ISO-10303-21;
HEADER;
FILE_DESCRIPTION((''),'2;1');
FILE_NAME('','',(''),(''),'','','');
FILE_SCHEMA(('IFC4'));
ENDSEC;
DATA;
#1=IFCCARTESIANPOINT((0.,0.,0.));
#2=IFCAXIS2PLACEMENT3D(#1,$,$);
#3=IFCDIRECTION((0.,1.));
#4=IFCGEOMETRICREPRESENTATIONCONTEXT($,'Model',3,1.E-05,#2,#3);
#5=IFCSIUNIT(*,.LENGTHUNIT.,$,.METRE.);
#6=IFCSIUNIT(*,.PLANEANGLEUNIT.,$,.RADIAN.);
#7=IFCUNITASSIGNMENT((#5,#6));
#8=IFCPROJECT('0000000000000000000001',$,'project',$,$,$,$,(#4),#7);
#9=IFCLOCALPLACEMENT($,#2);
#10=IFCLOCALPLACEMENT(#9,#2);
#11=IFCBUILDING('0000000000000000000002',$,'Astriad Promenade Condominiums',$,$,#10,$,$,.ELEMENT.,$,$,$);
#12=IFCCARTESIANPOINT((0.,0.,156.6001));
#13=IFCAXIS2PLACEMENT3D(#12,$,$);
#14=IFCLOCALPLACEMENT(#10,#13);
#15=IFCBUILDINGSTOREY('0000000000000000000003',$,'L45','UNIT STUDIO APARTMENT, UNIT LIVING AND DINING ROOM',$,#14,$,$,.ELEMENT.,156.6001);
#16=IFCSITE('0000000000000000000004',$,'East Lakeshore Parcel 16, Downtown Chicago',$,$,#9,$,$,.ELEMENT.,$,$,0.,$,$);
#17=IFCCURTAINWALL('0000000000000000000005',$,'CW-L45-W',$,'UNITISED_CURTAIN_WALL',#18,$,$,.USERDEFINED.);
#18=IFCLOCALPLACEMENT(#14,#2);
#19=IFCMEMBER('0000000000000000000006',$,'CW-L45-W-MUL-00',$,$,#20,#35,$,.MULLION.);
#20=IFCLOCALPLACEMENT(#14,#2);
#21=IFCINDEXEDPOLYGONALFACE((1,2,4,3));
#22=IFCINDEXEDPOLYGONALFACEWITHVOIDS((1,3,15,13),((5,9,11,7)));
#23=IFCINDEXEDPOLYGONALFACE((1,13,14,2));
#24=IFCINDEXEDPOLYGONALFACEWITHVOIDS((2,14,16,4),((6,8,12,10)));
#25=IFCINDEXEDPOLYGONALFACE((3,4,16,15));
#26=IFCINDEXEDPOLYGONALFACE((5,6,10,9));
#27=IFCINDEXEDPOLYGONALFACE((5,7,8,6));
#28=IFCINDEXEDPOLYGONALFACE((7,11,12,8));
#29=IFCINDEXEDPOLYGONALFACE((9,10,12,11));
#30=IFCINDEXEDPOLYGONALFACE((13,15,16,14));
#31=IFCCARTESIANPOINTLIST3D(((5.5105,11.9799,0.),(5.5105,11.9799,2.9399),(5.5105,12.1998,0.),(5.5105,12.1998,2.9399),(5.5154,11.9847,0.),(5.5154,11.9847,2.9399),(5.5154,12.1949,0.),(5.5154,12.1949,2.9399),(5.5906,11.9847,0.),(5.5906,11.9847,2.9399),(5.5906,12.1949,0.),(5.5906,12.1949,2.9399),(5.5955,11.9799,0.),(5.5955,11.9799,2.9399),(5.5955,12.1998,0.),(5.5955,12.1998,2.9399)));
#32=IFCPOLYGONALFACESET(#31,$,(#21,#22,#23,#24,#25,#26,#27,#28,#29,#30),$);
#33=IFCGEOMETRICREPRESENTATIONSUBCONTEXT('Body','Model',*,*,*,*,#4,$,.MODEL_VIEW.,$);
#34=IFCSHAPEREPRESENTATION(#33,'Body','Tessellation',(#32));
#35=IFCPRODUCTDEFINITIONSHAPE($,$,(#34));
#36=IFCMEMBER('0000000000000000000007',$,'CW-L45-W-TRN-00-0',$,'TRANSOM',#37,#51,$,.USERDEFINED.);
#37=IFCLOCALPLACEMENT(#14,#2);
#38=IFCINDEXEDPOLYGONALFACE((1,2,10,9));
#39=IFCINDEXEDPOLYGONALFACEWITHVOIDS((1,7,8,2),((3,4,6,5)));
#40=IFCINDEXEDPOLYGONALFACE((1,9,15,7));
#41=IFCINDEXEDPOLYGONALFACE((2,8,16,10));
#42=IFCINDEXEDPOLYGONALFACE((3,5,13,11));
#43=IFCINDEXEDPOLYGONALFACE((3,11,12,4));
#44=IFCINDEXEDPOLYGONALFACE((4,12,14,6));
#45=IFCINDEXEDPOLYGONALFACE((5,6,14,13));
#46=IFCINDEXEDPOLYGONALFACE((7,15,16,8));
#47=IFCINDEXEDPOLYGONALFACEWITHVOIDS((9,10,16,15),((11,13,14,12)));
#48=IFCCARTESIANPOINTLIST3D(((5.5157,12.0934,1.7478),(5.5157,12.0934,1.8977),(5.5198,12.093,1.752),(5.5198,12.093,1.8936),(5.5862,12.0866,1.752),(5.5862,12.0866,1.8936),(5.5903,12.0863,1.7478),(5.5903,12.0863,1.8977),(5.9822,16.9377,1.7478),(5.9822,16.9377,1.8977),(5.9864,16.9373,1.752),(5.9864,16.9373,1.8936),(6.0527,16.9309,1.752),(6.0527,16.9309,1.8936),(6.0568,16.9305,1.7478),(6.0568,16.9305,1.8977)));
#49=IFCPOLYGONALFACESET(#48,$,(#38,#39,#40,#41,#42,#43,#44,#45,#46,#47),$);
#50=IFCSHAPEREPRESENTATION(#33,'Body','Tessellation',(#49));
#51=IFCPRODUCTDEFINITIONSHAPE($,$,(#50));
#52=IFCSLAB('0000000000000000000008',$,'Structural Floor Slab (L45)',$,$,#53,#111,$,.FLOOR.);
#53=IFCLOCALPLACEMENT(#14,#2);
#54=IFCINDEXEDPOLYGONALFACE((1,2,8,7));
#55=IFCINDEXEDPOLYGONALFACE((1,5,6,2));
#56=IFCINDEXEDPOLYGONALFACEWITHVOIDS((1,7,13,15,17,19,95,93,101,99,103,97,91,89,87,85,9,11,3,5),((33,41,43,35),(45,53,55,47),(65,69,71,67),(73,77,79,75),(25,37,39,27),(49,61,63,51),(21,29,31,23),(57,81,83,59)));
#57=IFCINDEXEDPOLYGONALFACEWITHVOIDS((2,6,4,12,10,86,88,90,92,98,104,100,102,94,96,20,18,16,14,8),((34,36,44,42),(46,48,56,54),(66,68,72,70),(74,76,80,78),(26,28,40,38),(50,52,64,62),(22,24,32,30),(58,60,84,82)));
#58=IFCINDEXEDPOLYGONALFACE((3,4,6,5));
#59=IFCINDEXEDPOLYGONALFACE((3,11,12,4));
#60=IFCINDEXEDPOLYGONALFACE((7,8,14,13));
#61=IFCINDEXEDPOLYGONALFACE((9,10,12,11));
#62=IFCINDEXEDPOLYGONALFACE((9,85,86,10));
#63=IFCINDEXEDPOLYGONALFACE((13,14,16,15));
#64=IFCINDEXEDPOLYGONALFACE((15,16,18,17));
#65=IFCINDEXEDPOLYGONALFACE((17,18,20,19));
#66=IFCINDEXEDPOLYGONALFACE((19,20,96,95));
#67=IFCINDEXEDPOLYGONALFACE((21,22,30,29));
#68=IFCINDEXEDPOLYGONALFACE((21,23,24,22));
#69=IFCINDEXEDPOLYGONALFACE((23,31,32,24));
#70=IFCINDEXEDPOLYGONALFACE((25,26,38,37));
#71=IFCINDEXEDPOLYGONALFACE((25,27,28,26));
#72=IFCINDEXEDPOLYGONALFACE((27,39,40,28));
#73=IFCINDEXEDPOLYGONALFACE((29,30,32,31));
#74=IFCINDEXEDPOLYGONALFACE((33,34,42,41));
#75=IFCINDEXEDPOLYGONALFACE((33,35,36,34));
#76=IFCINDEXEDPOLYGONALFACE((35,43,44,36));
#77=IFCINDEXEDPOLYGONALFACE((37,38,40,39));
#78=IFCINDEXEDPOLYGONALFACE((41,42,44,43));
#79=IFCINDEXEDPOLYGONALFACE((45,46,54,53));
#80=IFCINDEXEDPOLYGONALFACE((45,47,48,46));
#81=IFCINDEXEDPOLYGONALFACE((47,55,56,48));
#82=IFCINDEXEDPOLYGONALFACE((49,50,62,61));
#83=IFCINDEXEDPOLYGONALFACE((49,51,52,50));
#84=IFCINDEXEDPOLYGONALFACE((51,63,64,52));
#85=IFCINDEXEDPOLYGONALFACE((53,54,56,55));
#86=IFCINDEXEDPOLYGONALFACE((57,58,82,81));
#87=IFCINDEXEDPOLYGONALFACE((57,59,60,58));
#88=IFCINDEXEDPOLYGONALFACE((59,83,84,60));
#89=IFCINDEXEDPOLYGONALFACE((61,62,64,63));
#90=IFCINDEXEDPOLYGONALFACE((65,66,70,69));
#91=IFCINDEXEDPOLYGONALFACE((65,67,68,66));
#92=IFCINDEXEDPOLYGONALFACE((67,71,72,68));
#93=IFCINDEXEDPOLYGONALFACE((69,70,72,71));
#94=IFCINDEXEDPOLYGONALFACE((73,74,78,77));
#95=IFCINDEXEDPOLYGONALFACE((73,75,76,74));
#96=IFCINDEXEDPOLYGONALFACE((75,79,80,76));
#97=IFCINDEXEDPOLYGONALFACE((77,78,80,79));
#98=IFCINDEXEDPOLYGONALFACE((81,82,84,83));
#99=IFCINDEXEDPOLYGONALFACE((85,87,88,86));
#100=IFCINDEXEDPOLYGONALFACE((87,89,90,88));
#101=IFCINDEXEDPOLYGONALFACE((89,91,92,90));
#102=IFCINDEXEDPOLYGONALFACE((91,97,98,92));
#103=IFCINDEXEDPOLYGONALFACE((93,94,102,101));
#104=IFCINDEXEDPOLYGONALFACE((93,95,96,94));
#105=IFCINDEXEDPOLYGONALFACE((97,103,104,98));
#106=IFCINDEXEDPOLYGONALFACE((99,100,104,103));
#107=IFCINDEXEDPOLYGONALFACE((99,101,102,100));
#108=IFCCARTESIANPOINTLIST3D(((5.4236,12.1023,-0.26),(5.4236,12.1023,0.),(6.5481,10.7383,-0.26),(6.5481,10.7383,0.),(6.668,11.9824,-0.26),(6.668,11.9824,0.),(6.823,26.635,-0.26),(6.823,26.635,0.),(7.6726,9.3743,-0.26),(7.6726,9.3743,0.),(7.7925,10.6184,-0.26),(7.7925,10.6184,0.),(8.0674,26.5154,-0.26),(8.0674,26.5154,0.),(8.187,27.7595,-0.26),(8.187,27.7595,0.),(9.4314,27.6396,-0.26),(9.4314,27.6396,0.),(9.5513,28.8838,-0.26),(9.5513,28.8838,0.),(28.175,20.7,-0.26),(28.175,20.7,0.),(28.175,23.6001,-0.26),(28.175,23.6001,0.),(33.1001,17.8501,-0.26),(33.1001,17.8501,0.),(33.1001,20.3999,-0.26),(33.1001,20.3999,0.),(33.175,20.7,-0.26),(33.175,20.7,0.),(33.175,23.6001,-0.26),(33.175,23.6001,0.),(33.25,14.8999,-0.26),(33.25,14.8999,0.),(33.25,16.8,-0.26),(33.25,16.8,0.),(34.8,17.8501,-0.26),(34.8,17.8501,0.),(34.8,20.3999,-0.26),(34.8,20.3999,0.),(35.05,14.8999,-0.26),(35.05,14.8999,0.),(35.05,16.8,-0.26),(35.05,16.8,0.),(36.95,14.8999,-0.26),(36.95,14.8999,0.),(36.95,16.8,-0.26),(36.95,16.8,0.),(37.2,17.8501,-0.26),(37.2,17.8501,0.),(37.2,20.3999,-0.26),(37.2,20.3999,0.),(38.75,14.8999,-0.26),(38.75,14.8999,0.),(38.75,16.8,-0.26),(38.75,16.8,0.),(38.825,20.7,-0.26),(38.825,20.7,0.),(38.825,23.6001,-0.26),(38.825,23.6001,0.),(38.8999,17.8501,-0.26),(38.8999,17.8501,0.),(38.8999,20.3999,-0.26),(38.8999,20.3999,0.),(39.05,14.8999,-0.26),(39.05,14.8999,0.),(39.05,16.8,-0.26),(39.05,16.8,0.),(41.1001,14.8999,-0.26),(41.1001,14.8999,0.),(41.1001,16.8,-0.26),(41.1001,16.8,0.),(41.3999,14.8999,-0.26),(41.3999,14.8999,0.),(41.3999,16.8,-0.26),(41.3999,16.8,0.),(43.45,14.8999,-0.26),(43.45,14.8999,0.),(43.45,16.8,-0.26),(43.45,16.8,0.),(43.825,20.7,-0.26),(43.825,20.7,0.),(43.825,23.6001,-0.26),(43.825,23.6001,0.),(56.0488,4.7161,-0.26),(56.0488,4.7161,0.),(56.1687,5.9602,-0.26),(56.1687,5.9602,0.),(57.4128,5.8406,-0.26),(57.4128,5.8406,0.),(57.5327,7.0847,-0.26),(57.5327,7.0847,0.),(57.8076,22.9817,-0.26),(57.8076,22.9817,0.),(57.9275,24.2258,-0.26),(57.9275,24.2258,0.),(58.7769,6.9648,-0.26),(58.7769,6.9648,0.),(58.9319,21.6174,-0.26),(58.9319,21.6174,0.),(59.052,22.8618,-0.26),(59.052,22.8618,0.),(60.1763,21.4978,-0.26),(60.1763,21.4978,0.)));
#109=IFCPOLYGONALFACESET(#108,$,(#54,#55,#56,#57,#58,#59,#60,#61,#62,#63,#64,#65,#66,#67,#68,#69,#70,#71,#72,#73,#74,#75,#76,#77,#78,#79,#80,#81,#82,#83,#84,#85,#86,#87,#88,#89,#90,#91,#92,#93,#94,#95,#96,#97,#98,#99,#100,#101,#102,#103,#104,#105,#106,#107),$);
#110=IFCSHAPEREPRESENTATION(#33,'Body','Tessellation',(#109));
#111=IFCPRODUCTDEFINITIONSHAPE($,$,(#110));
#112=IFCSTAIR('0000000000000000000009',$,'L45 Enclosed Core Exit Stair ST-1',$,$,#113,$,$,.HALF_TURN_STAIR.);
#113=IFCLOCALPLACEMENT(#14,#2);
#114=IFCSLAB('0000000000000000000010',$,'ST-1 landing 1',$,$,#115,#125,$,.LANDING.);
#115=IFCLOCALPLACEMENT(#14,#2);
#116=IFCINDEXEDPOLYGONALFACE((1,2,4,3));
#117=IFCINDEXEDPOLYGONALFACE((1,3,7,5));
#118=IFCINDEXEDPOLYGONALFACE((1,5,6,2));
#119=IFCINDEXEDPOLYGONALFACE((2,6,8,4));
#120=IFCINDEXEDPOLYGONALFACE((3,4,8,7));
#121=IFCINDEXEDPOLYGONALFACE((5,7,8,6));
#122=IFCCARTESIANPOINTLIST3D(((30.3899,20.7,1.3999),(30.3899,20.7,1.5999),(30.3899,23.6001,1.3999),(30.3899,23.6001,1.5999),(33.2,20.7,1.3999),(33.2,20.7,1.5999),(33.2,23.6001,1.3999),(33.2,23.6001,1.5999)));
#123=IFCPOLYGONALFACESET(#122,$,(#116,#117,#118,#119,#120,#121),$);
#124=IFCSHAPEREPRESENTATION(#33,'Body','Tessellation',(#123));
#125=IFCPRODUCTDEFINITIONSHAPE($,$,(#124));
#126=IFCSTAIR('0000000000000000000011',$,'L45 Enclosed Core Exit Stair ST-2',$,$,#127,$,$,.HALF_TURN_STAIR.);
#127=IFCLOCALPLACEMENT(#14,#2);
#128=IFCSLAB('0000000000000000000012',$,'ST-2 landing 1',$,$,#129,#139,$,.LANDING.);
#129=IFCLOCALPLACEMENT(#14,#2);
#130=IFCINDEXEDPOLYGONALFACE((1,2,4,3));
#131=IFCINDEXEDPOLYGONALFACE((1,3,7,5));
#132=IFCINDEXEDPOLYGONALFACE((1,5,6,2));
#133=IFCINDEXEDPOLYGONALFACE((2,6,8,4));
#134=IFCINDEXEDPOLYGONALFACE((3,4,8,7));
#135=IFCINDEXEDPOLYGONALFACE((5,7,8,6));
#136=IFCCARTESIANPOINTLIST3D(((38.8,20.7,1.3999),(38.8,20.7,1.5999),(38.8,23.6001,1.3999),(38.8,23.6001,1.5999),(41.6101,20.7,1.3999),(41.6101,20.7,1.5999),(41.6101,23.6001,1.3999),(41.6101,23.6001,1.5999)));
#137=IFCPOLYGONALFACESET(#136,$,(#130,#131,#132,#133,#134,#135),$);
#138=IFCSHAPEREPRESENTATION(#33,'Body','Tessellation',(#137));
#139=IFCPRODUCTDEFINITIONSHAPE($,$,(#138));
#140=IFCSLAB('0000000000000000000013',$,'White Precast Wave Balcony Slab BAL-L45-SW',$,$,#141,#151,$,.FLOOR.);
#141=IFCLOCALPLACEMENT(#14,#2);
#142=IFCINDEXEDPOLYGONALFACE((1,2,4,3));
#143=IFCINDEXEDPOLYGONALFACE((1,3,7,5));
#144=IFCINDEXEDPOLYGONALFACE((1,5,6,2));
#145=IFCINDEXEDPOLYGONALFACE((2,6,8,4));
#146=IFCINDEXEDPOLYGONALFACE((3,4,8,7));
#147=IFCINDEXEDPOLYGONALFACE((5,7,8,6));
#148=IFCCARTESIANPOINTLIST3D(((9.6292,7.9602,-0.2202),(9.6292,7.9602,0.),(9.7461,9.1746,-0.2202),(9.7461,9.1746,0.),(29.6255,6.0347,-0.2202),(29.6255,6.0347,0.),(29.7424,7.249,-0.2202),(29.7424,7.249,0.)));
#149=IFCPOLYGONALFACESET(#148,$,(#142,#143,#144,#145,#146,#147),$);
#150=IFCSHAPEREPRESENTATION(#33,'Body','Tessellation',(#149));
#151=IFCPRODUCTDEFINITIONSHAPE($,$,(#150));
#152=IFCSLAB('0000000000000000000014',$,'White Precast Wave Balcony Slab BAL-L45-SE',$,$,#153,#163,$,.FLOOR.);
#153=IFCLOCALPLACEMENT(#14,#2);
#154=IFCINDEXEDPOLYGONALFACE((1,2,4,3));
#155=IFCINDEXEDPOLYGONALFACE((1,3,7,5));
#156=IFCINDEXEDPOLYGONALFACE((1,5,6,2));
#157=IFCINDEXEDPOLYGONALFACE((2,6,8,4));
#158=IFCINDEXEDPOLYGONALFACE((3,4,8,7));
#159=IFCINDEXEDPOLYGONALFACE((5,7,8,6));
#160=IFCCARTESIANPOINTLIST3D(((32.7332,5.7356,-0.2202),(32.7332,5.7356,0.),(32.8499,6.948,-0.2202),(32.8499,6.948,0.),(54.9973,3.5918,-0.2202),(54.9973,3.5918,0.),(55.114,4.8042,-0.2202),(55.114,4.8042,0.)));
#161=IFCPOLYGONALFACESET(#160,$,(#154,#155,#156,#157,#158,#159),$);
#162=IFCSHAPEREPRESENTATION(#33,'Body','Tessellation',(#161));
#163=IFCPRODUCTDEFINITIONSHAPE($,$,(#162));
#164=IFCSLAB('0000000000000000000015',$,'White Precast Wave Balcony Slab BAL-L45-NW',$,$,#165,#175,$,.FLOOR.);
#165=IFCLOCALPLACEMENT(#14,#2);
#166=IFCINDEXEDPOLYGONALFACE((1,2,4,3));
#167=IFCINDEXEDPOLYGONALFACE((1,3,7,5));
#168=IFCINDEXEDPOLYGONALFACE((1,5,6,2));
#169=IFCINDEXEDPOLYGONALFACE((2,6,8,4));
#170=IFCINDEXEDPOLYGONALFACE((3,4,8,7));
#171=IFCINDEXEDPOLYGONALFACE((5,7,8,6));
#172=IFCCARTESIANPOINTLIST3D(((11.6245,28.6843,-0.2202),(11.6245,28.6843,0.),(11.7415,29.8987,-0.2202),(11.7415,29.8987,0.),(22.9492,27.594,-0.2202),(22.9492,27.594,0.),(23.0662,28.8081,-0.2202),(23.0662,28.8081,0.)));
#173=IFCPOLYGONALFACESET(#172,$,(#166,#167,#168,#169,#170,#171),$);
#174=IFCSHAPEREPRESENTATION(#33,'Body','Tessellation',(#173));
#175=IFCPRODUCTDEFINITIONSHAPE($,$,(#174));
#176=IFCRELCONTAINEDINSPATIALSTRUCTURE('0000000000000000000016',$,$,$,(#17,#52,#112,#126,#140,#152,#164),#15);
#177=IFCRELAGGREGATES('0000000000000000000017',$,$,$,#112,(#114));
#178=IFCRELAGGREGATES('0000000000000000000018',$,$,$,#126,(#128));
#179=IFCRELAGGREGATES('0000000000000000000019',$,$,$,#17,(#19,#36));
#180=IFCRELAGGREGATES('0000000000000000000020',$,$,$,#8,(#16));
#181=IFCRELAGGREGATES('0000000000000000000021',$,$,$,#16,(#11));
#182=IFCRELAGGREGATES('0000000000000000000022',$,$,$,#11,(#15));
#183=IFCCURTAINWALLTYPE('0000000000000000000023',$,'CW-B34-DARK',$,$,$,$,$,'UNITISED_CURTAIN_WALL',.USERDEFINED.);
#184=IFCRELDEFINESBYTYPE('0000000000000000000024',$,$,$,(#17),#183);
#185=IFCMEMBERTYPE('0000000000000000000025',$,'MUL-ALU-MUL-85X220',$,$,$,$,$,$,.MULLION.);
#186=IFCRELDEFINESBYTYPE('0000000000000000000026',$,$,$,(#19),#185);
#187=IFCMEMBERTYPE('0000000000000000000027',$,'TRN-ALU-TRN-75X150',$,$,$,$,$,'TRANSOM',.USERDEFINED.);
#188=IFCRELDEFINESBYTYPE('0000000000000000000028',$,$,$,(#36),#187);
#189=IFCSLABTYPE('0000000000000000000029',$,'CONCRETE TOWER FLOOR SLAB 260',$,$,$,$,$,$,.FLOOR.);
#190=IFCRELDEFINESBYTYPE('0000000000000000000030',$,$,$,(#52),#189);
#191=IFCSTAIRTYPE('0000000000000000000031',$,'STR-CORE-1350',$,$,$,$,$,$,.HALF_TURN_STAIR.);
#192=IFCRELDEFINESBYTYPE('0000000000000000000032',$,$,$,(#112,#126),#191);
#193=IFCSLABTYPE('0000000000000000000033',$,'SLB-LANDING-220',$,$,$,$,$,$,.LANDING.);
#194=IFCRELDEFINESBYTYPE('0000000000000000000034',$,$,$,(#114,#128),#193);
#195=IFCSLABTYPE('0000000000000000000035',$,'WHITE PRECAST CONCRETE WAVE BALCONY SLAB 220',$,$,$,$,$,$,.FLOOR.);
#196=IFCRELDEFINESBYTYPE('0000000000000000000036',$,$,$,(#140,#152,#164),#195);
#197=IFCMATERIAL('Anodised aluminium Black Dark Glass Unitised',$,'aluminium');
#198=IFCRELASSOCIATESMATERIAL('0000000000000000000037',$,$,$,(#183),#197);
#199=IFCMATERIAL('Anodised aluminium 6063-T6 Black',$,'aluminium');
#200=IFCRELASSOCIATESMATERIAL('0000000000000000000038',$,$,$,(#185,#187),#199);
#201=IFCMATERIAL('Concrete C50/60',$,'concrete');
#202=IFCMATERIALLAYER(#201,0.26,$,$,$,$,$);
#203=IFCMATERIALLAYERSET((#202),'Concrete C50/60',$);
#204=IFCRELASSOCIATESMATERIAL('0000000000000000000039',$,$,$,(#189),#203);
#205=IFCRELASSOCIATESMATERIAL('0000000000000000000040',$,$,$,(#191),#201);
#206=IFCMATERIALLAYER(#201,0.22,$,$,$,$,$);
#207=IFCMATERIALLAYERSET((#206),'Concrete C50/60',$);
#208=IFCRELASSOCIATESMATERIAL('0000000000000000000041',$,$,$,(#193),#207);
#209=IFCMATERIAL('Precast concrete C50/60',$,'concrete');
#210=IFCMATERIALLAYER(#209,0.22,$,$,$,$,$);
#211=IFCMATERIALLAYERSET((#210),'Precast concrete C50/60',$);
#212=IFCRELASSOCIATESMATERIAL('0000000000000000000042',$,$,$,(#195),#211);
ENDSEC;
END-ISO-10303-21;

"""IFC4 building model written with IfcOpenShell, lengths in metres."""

from ifc_helpers import new_model, si_unit, direction, frame, origin, origin_2d, place, context, subcontext, project, spatial, polyline, hollow_rectangle, outline, extrude, source, transform, mapped, material, layer, layer_set, material_profile, profile_set, type_object, type_shapes, element, aggregate, save


model = new_model("IFC4")

# Units and contexts
model_context = context("Model", 3, precision=1e-05, world=origin(), true_north=direction((0.0, 1.0)))
body_context = subcontext(model_context, "Body", "Model", "MODEL_VIEW")
ifc_project = project(units=[si_unit("LENGTHUNIT", "METRE"), si_unit("PLANEANGLEUNIT", "RADIAN")], contexts=[model_context])

# Site, building, storey
site_placement = place(None, origin())
site = spatial("IfcSite", under=ifc_project, at=site_placement, Name="East Lakeshore Parcel 16, Downtown Chicago", CompositionType="ELEMENT", RefElevation=0.0)
building_placement = place(site_placement, origin())
building = spatial("IfcBuilding", under=site, at=building_placement, Name="Astriad Promenade Condominiums", CompositionType="ELEMENT")
storey_placement = place(building_placement, frame((0.0, 0.0, 156.6001)))
storey = spatial("IfcBuildingStorey", under=building, at=storey_placement, Name="L45", Description="UNIT STUDIO APARTMENT, UNIT LIVING AND DINING ROOM", CompositionType="ELEMENT", Elevation=156.6001)

# Curtain wall, members
ifc_material_1 = material(Name="Anodised aluminium Black Dark Glass Unitised", Category="aluminium")
curtain_wall_type = type_object("IfcCurtainWallType", Name="CW-B34-DARK", ElementType="UNITISED_CURTAIN_WALL", PredefinedType="USERDEFINED", material=ifc_material_1)
curtain_wall_placement = place(storey_placement, origin())
curtain_wall = element("IfcCurtainWall", 1, at=curtain_wall_placement, inside=storey, type_object=curtain_wall_type, Name="CW-L45-W", ObjectType="UNITISED_CURTAIN_WALL", PredefinedType="USERDEFINED")
ifc_material_2 = material(Name="Anodised aluminium 6063-T6 Black", Category="aluminium")
ifc_material_profile_1 = material_profile(ifc_material_2, hollow_rectangle(XDim=0.085, YDim=0.22, WallThickness=0.0049, at=origin_2d()), Name="ALU-MUL-85X220")
ifc_profile_set_1 = profile_set([ifc_material_profile_1], Name="Anodised aluminium 6063-T6 Black")
member_type_1 = type_object("IfcMemberType", Name="MUL-ALU-MUL-85X220", PredefinedType="MULLION", material=ifc_profile_set_1)
shared_shape_1 = source(origin(), body_context, "Body", "SweptSolid", [
    extrude(hollow_rectangle(XDim=0.085, YDim=0.22, WallThickness=0.0049, at=origin_2d()), origin(), (0.0, 0.0, 1.0), 2.9399),
])
type_shapes(member_type_1, [shared_shape_1])
member_1_placement = place(storey_placement, frame((5.553, 12.0898, 0.0), z_axis=(0.0, 0.0, 1.0), x_axis=(1.0, 0.0, 0.0)))
member_1 = element("IfcMember", 2, at=member_1_placement, type_object=member_type_1, Name="CW-L45-W-MUL-00", PredefinedType="MULLION", context=body_context, shape_type="MappedRepresentation", body=[
    mapped(shared_shape_1, transform((0.0, 0.0, 0.0), scale=1.0)),
])
ifc_material_profile_2 = material_profile(ifc_material_2, hollow_rectangle(XDim=0.075, YDim=0.1499, WallThickness=0.0042, at=origin_2d()), Name="ALU-TRN-75X150")
ifc_profile_set_2 = profile_set([ifc_material_profile_2], Name="Anodised aluminium 6063-T6 Black")
member_type_2 = type_object("IfcMemberType", Name="TRN-ALU-TRN-75X150", ElementType="TRANSOM", PredefinedType="USERDEFINED", material=ifc_profile_set_2)
shared_shape_2 = source(origin(), body_context, "Body", "SweptSolid", [
    extrude(hollow_rectangle(XDim=0.075, YDim=0.1499, WallThickness=0.0042, at=origin_2d()), origin(), (0.0, 0.0, 1.0), 4.8667),
])
type_shapes(member_type_2, [shared_shape_2])
member_2_placement = place(storey_placement, frame((5.553, 12.0898, 1.8228), z_axis=(0.095867, 0.995394, 0.0), x_axis=(-0.995394, 0.095867, 0.0)))
member_2 = element("IfcMember", 3, at=member_2_placement, type_object=member_type_2, Name="CW-L45-W-TRN-00-0", ObjectType="TRANSOM", PredefinedType="USERDEFINED", context=body_context, shape_type="MappedRepresentation", body=[
    mapped(shared_shape_2, transform((0.0, 0.0, 0.0), scale=1.0)),
])

# Slab
ifc_material_3 = material(Name="Concrete C50/60", Category="concrete")
ifc_layer_1 = layer(ifc_material_3, 0.26)
ifc_layer_set_1 = layer_set([ifc_layer_1], Name="Concrete C50/60")
slab_type_1 = type_object("IfcSlabType", Name="CONCRETE TOWER FLOOR SLAB 260", PredefinedType="FLOOR", material=ifc_layer_set_1)
slab_1_placement = place(storey_placement, frame((0.0, 0.0, -0.26)))
element("IfcSlab", 4, at=slab_1_placement, inside=storey, type_object=slab_type_1, Name="Structural Floor Slab (L45)", PredefinedType="FLOOR", context=body_context, shape_type="SweptSolid", body=[
    extrude(outline(polyline([(7.6726, 9.3743), (56.0488, 4.7161), (56.1687, 5.9602), (57.4128, 5.8406), (57.5327, 7.0847), (58.7769, 6.9648), (60.1763, 21.4978), (58.9319, 21.6174), (59.052, 22.8618), (57.8076, 22.9817), (57.9275, 24.2258), (9.5513, 28.8838), (9.4314, 27.6396), (8.187, 27.7595), (8.0674, 26.5154), (6.823, 26.635), (5.4236, 12.1023), (6.668, 11.9824), (6.5481, 10.7383), (7.7925, 10.6184), (7.6726, 9.3743)]), holes=[polyline([(28.175, 20.7), (33.175, 20.7), (33.175, 23.6001), (28.175, 23.6001), (28.175, 20.7)]), polyline([(38.825, 20.7), (43.825, 20.7), (43.825, 23.6001), (38.825, 23.6001), (38.825, 20.7)]), polyline([(33.1001, 17.8501), (34.8, 17.8501), (34.8, 20.3999), (33.1001, 20.3999), (33.1001, 17.8501)]), polyline([(37.2, 17.8501), (38.8999, 17.8501), (38.8999, 20.3999), (37.2, 20.3999), (37.2, 17.8501)]), polyline([(33.25, 14.8999), (35.05, 14.8999), (35.05, 16.8), (33.25, 16.8), (33.25, 14.8999)]), polyline([(36.95, 14.8999), (38.75, 14.8999), (38.75, 16.8), (36.95, 16.8), (36.95, 14.8999)]), polyline([(39.05, 14.8999), (41.1001, 14.8999), (41.1001, 16.8), (39.05, 16.8), (39.05, 14.8999)]), polyline([(41.3999, 14.8999), (43.45, 14.8999), (43.45, 16.8), (41.3999, 16.8), (41.3999, 14.8999)])]), origin(), (0.0, 0.0, 1.0), 0.26),
])

# Stairs, slabs
stair_type = type_object("IfcStairType", Name="STR-CORE-1350", PredefinedType="HALF_TURN_STAIR", material=ifc_material_3)
stair_1_placement = place(storey_placement, origin())
stair_1 = element("IfcStair", 5, at=stair_1_placement, inside=storey, type_object=stair_type, Name="L45 Enclosed Core Exit Stair ST-1", PredefinedType="HALF_TURN_STAIR")
ifc_layer_2 = layer(ifc_material_3, 0.22)
ifc_layer_set_2 = layer_set([ifc_layer_2], Name="Concrete C50/60")
slab_type_2 = type_object("IfcSlabType", Name="SLB-LANDING-220", PredefinedType="LANDING", material=ifc_layer_set_2)
slab_2_placement = place(storey_placement, frame((0.0, 0.0, 1.3999)))
slab_2 = element("IfcSlab", 6, at=slab_2_placement, type_object=slab_type_2, Name="ST-1 landing 1", PredefinedType="LANDING", context=body_context, shape_type="SweptSolid", body=[
    extrude(outline(polyline([(30.3899, 20.7), (33.2, 20.7), (33.2, 23.6001), (30.3899, 23.6001), (30.3899, 20.7)])), origin(), (0.0, 0.0, 1.0), 0.2),
])
aggregate(stair_1, [slab_2])
stair_2_placement = place(storey_placement, origin())
stair_2 = element("IfcStair", 7, at=stair_2_placement, inside=storey, type_object=stair_type, Name="L45 Enclosed Core Exit Stair ST-2", PredefinedType="HALF_TURN_STAIR")
slab_3_placement = place(storey_placement, frame((0.0, 0.0, 1.3999)))
slab_3 = element("IfcSlab", 8, at=slab_3_placement, type_object=slab_type_2, Name="ST-2 landing 1", PredefinedType="LANDING", context=body_context, shape_type="SweptSolid", body=[
    extrude(outline(polyline([(41.6101, 23.6001), (38.8, 23.6001), (38.8, 20.7), (41.6101, 20.7), (41.6101, 23.6001)])), origin(), (0.0, 0.0, 1.0), 0.2),
])
aggregate(stair_2, [slab_3])

# Slabs
ifc_material_4 = material(Name="Precast concrete C50/60", Category="concrete")
ifc_layer_3 = layer(ifc_material_4, 0.22)
ifc_layer_set_3 = layer_set([ifc_layer_3], Name="Precast concrete C50/60")
slab_type_3 = type_object("IfcSlabType", Name="WHITE PRECAST CONCRETE WAVE BALCONY SLAB 220", PredefinedType="FLOOR", material=ifc_layer_set_3)
slab_4_placement = place(storey_placement, frame((0.0, 0.0, -0.2202)))
element("IfcSlab", 9, at=slab_4_placement, inside=storey, type_object=slab_type_3, Name="White Precast Wave Balcony Slab BAL-L45-SW", PredefinedType="FLOOR", context=body_context, shape_type="SweptSolid", body=[
    extrude(outline(polyline([(9.6292, 7.9602), (29.6255, 6.0347), (29.7424, 7.249), (9.7461, 9.1746), (9.6292, 7.9602)])), origin(), (0.0, 0.0, 1.0), 0.2202),
])
slab_5_placement = place(storey_placement, frame((0.0, 0.0, -0.2202)))
element("IfcSlab", 10, at=slab_5_placement, inside=storey, type_object=slab_type_3, Name="White Precast Wave Balcony Slab BAL-L45-SE", PredefinedType="FLOOR", context=body_context, shape_type="SweptSolid", body=[
    extrude(outline(polyline([(54.9973, 3.5918), (32.7332, 5.7356), (32.8499, 6.948), (55.114, 4.8042), (54.9973, 3.5918)])), origin(), (0.0, 0.0, 1.0), 0.2202),
])
slab_6_placement = place(storey_placement, frame((0.0, 0.0, -0.2202)))
element("IfcSlab", 11, at=slab_6_placement, inside=storey, type_object=slab_type_3, Name="White Precast Wave Balcony Slab BAL-L45-NW", PredefinedType="FLOOR", context=body_context, shape_type="SweptSolid", body=[
    extrude(outline(polyline([(11.6245, 28.6843), (22.9492, 27.594), (23.0662, 28.8081), (11.7415, 29.8987), (11.6245, 28.6843)])), origin(), (0.0, 0.0, 1.0), 0.2202),
])

aggregate(curtain_wall, [member_1, member_2])

save(model, "model.ifc")
